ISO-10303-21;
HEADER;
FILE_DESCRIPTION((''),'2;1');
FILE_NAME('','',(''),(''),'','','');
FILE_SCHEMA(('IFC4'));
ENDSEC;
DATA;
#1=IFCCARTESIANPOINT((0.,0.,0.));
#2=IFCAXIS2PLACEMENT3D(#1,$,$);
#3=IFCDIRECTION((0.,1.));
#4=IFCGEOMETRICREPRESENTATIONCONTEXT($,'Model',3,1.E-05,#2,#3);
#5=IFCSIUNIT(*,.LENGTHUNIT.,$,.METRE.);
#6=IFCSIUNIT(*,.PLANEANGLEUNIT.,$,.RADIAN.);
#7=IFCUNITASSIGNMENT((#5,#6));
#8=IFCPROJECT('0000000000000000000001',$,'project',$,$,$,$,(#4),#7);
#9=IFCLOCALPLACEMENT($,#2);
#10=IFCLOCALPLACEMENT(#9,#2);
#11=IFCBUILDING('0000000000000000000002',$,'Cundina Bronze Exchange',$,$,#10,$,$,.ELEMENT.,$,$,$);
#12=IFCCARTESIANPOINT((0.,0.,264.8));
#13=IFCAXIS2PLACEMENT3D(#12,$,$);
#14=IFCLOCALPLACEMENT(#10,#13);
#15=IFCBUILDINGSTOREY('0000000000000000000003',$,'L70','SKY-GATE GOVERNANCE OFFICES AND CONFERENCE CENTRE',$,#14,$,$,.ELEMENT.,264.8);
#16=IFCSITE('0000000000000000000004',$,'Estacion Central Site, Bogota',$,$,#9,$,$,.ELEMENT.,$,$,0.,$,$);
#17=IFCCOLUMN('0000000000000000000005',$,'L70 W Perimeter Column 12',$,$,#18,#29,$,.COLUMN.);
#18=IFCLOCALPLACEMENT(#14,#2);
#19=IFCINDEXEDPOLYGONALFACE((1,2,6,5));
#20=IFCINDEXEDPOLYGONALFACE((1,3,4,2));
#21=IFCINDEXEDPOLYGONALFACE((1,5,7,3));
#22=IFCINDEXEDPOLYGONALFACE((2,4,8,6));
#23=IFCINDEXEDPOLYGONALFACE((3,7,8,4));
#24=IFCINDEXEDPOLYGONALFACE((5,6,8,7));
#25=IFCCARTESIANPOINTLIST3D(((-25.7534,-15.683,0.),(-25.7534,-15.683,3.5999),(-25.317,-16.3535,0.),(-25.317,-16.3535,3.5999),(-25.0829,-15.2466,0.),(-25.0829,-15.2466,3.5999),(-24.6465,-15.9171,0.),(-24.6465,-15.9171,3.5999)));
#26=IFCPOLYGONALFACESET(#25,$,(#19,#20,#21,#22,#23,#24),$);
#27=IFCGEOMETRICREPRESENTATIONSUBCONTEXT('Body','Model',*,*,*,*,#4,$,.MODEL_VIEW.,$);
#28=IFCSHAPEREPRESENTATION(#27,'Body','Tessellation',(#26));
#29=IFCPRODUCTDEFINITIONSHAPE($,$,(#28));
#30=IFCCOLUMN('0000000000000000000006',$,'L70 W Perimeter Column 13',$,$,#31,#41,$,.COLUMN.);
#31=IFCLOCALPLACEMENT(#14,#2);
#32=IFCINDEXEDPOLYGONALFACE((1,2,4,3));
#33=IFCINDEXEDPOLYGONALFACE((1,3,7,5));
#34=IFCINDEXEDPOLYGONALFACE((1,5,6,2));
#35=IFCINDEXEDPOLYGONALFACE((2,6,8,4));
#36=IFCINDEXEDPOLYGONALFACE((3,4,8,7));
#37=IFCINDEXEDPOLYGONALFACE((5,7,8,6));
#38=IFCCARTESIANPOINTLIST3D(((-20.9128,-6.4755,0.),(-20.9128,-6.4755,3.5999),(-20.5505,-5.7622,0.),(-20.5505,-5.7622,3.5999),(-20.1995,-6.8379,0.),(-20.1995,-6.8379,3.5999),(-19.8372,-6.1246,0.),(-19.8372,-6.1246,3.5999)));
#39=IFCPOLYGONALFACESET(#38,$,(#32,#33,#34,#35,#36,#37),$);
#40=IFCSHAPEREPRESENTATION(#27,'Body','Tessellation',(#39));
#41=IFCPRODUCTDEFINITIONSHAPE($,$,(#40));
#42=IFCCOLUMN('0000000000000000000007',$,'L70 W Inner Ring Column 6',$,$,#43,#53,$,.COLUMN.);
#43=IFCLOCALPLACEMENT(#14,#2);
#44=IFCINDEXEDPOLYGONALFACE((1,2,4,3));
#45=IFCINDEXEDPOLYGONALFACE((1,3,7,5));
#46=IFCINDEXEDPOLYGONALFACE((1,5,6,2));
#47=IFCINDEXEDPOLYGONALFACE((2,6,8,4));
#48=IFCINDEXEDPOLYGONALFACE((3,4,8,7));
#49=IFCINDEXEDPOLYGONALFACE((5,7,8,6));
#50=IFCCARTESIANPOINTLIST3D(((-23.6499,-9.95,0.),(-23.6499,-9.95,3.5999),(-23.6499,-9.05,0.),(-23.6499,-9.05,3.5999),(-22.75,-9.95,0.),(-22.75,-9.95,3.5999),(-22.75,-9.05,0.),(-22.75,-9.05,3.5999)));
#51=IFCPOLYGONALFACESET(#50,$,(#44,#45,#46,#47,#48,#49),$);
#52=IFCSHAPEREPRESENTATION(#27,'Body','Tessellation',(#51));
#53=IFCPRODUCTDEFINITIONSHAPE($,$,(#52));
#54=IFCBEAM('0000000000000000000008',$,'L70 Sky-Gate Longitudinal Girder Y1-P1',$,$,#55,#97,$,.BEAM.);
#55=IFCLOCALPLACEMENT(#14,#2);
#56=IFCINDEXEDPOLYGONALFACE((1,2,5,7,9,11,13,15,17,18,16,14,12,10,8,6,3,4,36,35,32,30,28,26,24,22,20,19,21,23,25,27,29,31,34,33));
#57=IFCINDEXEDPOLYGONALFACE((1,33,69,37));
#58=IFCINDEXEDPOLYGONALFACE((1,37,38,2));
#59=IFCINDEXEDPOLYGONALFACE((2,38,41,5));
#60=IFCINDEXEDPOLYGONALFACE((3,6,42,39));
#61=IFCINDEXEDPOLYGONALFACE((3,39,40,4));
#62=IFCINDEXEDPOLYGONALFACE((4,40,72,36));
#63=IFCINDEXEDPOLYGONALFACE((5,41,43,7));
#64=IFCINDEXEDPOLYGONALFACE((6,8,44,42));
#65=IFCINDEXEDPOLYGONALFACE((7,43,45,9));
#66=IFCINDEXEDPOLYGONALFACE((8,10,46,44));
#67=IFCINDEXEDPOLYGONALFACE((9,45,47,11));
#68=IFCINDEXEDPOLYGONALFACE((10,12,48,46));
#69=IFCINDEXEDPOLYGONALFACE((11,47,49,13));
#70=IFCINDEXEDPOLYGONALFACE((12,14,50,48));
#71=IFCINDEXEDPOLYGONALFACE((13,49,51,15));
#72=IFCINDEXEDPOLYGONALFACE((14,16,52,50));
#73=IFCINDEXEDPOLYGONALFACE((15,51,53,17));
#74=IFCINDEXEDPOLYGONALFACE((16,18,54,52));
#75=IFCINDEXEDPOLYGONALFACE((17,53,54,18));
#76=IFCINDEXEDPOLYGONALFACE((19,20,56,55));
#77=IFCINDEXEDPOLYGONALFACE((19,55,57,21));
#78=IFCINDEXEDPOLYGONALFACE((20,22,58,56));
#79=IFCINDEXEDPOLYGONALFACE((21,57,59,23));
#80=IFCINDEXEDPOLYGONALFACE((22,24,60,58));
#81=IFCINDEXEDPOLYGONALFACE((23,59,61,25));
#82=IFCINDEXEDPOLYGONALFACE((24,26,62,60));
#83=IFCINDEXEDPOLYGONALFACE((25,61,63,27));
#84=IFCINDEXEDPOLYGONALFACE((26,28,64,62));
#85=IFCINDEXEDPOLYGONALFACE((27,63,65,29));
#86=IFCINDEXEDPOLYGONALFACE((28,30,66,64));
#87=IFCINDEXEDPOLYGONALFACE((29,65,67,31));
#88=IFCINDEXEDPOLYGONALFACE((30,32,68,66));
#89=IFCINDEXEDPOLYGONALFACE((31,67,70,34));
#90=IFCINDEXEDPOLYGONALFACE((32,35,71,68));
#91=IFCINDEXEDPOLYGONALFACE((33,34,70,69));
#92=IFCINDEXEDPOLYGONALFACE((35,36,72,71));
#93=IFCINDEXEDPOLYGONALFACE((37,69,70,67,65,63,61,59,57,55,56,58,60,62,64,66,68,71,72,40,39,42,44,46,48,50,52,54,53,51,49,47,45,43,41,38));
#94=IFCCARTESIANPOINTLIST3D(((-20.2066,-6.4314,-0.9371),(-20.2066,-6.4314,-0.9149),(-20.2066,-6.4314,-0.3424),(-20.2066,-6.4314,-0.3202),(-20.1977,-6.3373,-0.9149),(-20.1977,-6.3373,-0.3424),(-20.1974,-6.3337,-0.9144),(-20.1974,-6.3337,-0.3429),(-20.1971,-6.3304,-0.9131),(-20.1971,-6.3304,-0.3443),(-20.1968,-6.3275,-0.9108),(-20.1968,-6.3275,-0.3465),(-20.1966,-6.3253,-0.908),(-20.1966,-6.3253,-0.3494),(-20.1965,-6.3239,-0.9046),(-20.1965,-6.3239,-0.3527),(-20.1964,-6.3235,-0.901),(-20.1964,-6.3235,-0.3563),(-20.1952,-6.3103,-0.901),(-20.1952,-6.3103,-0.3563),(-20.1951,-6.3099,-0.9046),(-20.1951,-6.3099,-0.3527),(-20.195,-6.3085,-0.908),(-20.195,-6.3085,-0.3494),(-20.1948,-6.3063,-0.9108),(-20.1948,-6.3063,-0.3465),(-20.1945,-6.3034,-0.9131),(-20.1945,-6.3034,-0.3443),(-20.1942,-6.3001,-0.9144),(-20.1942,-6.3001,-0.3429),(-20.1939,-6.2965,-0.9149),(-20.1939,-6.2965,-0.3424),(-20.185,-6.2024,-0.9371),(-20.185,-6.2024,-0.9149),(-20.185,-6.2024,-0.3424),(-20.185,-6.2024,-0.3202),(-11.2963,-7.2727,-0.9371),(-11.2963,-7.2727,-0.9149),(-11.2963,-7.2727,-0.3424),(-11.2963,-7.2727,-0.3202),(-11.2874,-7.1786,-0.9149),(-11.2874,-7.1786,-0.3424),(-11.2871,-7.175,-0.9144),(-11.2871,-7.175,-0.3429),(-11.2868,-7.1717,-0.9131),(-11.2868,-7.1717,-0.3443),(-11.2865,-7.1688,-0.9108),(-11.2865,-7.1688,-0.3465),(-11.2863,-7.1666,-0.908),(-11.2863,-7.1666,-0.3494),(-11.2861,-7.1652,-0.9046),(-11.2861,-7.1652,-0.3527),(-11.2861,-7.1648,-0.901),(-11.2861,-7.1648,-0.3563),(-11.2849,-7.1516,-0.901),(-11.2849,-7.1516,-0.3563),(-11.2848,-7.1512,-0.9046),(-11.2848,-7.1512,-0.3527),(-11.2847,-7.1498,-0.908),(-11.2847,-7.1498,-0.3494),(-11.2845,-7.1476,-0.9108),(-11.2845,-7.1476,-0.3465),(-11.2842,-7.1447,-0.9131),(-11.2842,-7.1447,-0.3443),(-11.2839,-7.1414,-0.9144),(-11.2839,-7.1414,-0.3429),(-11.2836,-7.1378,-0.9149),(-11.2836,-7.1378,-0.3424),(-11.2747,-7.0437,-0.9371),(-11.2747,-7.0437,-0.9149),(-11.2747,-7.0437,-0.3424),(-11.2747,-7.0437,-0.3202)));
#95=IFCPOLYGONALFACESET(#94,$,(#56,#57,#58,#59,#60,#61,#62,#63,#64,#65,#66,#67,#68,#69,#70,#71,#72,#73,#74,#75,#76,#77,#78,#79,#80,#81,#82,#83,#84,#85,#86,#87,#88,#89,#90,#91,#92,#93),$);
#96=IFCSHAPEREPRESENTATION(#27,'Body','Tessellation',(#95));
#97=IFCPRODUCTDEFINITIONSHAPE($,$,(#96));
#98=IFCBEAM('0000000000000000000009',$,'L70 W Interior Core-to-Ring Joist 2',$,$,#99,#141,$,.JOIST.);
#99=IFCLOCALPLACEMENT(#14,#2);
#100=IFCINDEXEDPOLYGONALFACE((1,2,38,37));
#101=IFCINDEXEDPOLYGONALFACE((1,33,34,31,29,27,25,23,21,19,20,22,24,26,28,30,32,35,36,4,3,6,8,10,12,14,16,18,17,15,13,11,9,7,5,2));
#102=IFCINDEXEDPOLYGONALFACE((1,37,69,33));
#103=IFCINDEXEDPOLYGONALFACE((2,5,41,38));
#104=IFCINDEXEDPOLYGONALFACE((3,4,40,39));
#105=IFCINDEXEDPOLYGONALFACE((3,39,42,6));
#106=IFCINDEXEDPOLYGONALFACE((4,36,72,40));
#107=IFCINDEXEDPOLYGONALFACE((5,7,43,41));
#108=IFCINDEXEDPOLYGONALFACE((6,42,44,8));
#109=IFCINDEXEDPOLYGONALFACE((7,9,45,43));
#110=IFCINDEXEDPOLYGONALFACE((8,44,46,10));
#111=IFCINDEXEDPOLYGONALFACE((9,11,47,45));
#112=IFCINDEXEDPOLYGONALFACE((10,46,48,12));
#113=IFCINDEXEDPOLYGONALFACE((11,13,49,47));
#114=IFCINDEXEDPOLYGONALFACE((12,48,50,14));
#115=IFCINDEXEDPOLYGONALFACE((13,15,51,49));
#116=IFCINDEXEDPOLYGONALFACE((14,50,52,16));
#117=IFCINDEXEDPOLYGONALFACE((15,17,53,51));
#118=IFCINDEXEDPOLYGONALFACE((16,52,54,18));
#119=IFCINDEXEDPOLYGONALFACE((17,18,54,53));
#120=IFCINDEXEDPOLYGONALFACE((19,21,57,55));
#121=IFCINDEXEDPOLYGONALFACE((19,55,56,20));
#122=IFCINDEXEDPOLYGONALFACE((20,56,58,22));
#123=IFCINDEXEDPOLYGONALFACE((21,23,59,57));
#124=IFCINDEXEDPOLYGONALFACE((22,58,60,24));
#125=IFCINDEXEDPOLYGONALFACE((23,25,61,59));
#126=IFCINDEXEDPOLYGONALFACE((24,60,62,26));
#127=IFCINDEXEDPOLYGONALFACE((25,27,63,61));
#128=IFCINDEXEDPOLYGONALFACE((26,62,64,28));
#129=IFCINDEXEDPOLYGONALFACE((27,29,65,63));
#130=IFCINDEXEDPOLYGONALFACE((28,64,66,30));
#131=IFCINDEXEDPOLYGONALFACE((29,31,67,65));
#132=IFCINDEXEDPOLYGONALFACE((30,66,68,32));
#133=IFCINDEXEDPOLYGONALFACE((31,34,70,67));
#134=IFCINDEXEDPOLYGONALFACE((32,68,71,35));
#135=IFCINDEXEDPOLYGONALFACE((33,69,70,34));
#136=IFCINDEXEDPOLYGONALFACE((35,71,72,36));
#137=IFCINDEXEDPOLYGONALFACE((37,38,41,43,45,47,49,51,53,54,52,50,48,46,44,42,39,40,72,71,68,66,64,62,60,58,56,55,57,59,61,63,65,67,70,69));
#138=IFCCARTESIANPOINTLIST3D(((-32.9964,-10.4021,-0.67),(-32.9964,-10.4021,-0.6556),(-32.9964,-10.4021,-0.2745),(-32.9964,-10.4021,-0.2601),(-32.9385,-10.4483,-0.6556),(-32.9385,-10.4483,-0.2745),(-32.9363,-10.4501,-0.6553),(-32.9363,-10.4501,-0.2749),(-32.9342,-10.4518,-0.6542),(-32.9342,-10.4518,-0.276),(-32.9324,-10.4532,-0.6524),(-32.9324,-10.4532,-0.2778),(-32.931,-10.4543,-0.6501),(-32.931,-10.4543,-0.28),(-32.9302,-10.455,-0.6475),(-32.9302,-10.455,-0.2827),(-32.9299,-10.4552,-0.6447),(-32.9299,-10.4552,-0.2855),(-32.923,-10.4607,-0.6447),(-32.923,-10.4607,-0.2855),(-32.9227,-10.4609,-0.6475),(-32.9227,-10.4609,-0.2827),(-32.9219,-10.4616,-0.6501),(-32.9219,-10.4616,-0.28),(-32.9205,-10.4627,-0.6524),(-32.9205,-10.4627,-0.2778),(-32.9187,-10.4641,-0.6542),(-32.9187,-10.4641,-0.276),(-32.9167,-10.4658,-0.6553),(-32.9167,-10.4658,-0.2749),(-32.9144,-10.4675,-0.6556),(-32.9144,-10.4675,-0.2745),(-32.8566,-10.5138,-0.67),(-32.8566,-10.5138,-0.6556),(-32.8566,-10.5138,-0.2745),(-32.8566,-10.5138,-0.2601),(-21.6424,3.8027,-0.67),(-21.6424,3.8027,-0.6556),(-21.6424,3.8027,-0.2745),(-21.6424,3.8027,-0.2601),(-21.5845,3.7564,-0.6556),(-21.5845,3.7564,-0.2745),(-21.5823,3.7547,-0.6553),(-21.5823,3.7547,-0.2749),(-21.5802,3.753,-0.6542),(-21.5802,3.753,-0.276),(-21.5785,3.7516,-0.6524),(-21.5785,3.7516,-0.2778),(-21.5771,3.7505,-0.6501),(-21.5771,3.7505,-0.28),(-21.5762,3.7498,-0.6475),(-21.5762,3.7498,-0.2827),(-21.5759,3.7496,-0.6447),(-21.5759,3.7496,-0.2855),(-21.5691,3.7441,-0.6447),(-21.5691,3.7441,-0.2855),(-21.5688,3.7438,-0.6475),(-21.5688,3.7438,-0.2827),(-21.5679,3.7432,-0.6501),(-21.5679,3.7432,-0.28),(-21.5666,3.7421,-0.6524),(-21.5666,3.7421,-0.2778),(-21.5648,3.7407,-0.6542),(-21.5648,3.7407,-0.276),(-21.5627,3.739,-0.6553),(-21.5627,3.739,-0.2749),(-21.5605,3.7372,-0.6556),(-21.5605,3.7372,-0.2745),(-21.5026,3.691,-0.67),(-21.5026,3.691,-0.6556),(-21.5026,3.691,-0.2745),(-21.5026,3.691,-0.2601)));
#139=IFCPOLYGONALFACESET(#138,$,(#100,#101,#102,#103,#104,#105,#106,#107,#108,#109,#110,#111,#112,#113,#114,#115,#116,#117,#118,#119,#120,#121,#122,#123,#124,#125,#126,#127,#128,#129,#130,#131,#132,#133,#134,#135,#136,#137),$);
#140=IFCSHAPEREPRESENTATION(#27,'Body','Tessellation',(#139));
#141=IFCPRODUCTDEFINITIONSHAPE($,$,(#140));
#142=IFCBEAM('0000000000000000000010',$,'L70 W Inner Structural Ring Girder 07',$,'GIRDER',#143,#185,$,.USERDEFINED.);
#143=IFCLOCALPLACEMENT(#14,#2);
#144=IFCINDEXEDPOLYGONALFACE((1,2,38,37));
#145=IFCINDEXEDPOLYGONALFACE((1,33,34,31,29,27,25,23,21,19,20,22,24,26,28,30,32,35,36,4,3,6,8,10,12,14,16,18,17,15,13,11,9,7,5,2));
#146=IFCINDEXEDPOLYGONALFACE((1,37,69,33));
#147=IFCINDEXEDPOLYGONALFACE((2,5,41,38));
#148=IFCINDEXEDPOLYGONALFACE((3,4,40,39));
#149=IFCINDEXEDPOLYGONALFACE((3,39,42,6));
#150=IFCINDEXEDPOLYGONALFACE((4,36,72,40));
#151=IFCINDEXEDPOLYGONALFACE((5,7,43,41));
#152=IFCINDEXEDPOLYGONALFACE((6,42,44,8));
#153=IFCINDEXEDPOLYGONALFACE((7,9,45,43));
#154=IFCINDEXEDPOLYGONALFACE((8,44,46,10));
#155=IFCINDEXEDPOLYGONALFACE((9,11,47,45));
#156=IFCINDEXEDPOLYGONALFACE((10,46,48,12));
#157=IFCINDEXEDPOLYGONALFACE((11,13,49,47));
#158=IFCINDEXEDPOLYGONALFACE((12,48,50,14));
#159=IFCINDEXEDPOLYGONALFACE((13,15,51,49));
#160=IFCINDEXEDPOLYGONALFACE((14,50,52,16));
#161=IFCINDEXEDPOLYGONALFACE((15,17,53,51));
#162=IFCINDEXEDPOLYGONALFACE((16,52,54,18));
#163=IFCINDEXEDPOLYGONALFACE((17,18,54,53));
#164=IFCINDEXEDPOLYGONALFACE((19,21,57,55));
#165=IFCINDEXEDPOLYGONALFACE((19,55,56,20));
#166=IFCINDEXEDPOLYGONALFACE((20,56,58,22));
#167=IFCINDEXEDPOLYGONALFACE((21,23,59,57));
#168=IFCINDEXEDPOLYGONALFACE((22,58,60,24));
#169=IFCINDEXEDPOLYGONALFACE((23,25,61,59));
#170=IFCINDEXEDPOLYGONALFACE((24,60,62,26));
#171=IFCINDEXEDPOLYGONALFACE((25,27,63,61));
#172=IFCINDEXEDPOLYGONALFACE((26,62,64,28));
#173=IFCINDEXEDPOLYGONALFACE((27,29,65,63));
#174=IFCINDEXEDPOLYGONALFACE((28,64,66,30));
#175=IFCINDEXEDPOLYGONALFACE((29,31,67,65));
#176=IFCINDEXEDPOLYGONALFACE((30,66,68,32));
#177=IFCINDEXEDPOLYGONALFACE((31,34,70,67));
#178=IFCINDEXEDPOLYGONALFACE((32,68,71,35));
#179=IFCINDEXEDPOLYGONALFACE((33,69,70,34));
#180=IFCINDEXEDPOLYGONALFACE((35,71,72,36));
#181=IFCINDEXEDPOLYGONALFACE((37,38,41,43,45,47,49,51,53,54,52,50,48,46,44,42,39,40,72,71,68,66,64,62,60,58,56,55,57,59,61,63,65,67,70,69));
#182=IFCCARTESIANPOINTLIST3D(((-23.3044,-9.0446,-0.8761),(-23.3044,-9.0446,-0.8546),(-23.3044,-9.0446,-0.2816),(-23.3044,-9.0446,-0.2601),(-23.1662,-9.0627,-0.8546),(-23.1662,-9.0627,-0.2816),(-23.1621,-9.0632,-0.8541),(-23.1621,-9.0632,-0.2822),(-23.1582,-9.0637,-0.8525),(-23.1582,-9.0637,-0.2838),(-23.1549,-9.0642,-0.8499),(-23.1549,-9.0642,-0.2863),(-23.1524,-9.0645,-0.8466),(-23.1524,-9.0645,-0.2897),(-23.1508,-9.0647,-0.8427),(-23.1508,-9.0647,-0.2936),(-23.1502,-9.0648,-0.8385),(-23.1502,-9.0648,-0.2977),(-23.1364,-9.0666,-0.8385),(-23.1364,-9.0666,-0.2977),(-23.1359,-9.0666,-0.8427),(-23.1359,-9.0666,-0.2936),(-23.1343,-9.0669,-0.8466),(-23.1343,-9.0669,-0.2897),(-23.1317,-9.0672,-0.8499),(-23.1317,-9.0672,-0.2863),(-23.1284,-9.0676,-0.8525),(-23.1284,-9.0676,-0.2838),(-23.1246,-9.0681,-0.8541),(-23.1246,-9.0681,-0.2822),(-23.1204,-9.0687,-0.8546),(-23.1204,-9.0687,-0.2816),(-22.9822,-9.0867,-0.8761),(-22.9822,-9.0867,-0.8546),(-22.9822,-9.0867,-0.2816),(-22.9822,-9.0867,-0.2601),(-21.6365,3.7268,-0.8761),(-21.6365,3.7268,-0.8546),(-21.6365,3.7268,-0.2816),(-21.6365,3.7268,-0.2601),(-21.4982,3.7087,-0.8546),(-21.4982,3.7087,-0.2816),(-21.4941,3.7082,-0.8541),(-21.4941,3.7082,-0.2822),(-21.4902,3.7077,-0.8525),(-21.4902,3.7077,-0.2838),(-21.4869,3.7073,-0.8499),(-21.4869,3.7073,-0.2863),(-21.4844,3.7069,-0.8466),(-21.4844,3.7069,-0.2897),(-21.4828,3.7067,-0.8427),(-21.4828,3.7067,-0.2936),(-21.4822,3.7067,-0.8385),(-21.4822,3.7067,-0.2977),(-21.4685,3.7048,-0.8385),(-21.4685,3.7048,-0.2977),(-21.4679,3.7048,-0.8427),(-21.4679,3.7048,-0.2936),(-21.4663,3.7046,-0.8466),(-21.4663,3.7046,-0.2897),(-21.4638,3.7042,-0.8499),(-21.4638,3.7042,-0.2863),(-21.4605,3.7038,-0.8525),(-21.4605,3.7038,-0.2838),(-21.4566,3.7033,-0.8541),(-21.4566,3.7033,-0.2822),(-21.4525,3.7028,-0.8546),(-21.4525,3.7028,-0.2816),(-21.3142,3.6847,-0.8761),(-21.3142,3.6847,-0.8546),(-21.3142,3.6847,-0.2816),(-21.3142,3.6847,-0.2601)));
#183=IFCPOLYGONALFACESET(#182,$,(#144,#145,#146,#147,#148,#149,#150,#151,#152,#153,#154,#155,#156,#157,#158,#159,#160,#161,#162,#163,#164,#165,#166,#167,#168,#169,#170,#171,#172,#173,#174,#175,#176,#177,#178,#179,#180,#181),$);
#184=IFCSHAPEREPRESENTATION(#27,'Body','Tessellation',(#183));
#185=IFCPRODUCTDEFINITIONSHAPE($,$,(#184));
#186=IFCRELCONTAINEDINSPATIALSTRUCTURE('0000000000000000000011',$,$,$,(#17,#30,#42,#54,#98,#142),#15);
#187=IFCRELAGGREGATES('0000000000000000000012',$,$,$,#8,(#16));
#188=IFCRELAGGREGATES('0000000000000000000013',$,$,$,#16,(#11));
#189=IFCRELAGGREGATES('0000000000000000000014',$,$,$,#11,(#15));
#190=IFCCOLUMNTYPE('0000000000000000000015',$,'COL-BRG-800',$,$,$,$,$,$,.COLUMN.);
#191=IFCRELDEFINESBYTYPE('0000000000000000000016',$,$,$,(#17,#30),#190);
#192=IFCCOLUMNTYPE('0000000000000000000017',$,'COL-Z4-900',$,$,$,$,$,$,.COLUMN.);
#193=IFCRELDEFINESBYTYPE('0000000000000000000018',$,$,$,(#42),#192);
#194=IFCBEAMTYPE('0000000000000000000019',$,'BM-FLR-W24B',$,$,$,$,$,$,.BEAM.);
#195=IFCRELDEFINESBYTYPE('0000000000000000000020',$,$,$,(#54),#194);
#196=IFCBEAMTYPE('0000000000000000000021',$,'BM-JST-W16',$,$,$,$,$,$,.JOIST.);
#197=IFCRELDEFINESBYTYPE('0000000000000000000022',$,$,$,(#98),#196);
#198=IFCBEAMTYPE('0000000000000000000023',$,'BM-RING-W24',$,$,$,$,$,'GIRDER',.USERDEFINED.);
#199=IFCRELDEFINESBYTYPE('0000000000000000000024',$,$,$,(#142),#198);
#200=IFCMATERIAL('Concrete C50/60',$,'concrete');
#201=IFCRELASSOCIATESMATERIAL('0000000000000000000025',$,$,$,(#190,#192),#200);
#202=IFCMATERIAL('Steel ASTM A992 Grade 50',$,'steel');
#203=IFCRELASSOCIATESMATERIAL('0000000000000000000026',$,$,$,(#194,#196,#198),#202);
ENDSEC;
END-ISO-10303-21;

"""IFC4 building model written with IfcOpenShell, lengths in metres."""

from ifc_helpers import new_model, si_unit, direction, frame, origin, origin_2d, place, context, subcontext, project, spatial, rectangle, i_section, extrude, material, material_profile, profile_set, type_object, element, save


model = new_model("IFC4")

# Units and contexts
model_context = context("Model", 3, precision=1e-05, world=origin(), true_north=direction((0.0, 1.0)))
body_context = subcontext(model_context, "Body", "Model", "MODEL_VIEW")
ifc_project = project(units=[si_unit("LENGTHUNIT", "METRE"), si_unit("PLANEANGLEUNIT", "RADIAN")], contexts=[model_context])

# Site, building, storey
site_placement = place(None, origin())
site = spatial("IfcSite", under=ifc_project, at=site_placement, Name="Estacion Central Site, Bogota", CompositionType="ELEMENT", RefElevation=0.0)
building_placement = place(site_placement, origin())
building = spatial("IfcBuilding", under=site, at=building_placement, Name="Cundina Bronze Exchange", CompositionType="ELEMENT")
storey_placement = place(building_placement, frame((0.0, 0.0, 264.8)))
storey = spatial("IfcBuildingStorey", under=building, at=storey_placement, Name="L70", Description="SKY-GATE GOVERNANCE OFFICES AND CONFERENCE CENTRE", CompositionType="ELEMENT", Elevation=264.8)

# Columns
ifc_material_1 = material(Name="Concrete C50/60", Category="concrete")
ifc_material_profile_1 = material_profile(ifc_material_1, rectangle(XDim=0.8, YDim=0.8, at=origin_2d()), Name="RC800X800", Category="concrete")
ifc_profile_set_1 = profile_set([ifc_material_profile_1], Name="Concrete C50/60")
column_type_1 = type_object("IfcColumnType", Name="COL-BRG-800", PredefinedType="COLUMN", material=ifc_profile_set_1)
for number, where, z_axis, x_axis, name in (
    (1, (-25.2, -15.8, 0.0), (0.0, 0.0, 1.0), (0.8381, 0.545517, 0.0), "L70 W Perimeter Column 12"),
    (2, (-20.375, -6.3, 0.0), (0.0, 0.0, 1.0), (0.452902, 0.891561, 0.0), "L70 W Perimeter Column 13"),
):
    element("IfcColumn", number, at=place(storey_placement, frame(where, z_axis=z_axis, x_axis=x_axis)), inside=storey, type_object=column_type_1, Name=name, PredefinedType="COLUMN", context=body_context, shape_type="SweptSolid", body=[
        extrude(rectangle(XDim=0.8, YDim=0.8, at=origin_2d()), origin(), (0.0, 0.0, 1.0), 3.5999),
    ])
ifc_material_profile_2 = material_profile(ifc_material_1, rectangle(XDim=0.8999, YDim=0.8999, at=origin_2d()), Name="RC900X900", Category="concrete")
ifc_profile_set_2 = profile_set([ifc_material_profile_2], Name="Concrete C50/60")
column_type_2 = type_object("IfcColumnType", Name="COL-Z4-900", PredefinedType="COLUMN", material=ifc_profile_set_2)
column_placement = place(storey_placement, frame((-23.2, -9.5, 0.0), z_axis=(0.0, 0.0, 1.0), x_axis=(1.0, 0.0, 0.0)))
element("IfcColumn", 3, at=column_placement, inside=storey, type_object=column_type_2, Name="L70 W Inner Ring Column 6", PredefinedType="COLUMN", context=body_context, shape_type="SweptSolid", body=[
    extrude(rectangle(XDim=0.8999, YDim=0.8999, at=origin_2d()), origin(), (0.0, 0.0, 1.0), 3.5999),
])

# Beams
ifc_material_2 = material(Name="Steel ASTM A992 Grade 50", Category="steel")
ifc_material_profile_3 = material_profile(ifc_material_2, i_section(OverallWidth=0.23, OverallDepth=0.6169, WebThickness=0.0132, FlangeThickness=0.0222, FilletRadius=0.0139, at=origin_2d()), Name="W24X94", Category="steel")
ifc_profile_set_3 = profile_set([ifc_material_profile_3], Name="Steel ASTM A992 Grade 50")
beam_type_1 = type_object("IfcBeamType", Name="BM-FLR-W24B", PredefinedType="BEAM", material=ifc_profile_set_3)
beam_1_placement = place(storey_placement, frame((-20.1958, -6.3169, -0.6287), z_axis=(0.995572, -0.094001, 0.0), x_axis=(0.094001, 0.995572, 0.0)))
element("IfcBeam", 4, at=beam_1_placement, inside=storey, type_object=beam_type_1, Name="L70 Sky-Gate Longitudinal Girder Y1-P1", PredefinedType="BEAM", context=body_context, shape_type="SweptSolid", body=[
    extrude(i_section(OverallWidth=0.23, OverallDepth=0.6169, WebThickness=0.0132, FlangeThickness=0.0222, FilletRadius=0.0139, at=origin_2d()), origin(), (0.0, 0.0, 1.0), 8.95),
])
ifc_material_profile_4 = material_profile(ifc_material_2, i_section(OverallWidth=0.179, OverallDepth=0.4099, WebThickness=0.0088, FlangeThickness=0.0144, FilletRadius=0.011, at=origin_2d()), Name="W16X45", Category="steel")
ifc_profile_set_4 = profile_set([ifc_material_profile_4], Name="Steel ASTM A992 Grade 50")
beam_type_2 = type_object("IfcBeamType", Name="BM-JST-W16", PredefinedType="JOIST", material=ifc_profile_set_4)
beam_2_placement = place(storey_placement, frame((-21.5725, 3.7468, -0.4651), z_axis=(-0.624364, -0.781133, 0.0), x_axis=(0.781133, -0.624364, 0.0)))
element("IfcBeam", 5, at=beam_2_placement, inside=storey, type_object=beam_type_2, Name="L70 W Interior Core-to-Ring Joist 2", PredefinedType="JOIST", context=body_context, shape_type="SweptSolid", body=[
    extrude(i_section(OverallWidth=0.179, OverallDepth=0.4099, WebThickness=0.0088, FlangeThickness=0.0144, FilletRadius=0.011, at=origin_2d()), origin(), (0.0, 0.0, 1.0), 18.1848),
])
ifc_material_profile_5 = material_profile(ifc_material_2, i_section(OverallWidth=0.325, OverallDepth=0.616, WebThickness=0.0139, FlangeThickness=0.0215, FilletRadius=0.0161, at=origin_2d()), Name="W24X117", Category="steel")
ifc_profile_set_5 = profile_set([ifc_material_profile_5], Name="Steel ASTM A992 Grade 50")
beam_type_3 = type_object("IfcBeamType", Name="BM-RING-W24", ElementType="GIRDER", PredefinedType="USERDEFINED", material=ifc_profile_set_5)
beam_3_placement = place(storey_placement, frame((-23.1433, -9.0657, -0.5681), z_axis=(0.129501, 0.991579, 0.0), x_axis=(-0.991579, 0.129501, 0.0)))
element("IfcBeam", 6, at=beam_3_placement, inside=storey, type_object=beam_type_3, Name="L70 W Inner Structural Ring Girder 07", ObjectType="GIRDER", PredefinedType="USERDEFINED", context=body_context, shape_type="SweptSolid", body=[
    extrude(i_section(OverallWidth=0.325, OverallDepth=0.616, WebThickness=0.0139, FlangeThickness=0.0215, FilletRadius=0.0161, at=origin_2d()), origin(), (0.0, 0.0, 1.0), 12.8799),
])

save(model, "model.ifc")
